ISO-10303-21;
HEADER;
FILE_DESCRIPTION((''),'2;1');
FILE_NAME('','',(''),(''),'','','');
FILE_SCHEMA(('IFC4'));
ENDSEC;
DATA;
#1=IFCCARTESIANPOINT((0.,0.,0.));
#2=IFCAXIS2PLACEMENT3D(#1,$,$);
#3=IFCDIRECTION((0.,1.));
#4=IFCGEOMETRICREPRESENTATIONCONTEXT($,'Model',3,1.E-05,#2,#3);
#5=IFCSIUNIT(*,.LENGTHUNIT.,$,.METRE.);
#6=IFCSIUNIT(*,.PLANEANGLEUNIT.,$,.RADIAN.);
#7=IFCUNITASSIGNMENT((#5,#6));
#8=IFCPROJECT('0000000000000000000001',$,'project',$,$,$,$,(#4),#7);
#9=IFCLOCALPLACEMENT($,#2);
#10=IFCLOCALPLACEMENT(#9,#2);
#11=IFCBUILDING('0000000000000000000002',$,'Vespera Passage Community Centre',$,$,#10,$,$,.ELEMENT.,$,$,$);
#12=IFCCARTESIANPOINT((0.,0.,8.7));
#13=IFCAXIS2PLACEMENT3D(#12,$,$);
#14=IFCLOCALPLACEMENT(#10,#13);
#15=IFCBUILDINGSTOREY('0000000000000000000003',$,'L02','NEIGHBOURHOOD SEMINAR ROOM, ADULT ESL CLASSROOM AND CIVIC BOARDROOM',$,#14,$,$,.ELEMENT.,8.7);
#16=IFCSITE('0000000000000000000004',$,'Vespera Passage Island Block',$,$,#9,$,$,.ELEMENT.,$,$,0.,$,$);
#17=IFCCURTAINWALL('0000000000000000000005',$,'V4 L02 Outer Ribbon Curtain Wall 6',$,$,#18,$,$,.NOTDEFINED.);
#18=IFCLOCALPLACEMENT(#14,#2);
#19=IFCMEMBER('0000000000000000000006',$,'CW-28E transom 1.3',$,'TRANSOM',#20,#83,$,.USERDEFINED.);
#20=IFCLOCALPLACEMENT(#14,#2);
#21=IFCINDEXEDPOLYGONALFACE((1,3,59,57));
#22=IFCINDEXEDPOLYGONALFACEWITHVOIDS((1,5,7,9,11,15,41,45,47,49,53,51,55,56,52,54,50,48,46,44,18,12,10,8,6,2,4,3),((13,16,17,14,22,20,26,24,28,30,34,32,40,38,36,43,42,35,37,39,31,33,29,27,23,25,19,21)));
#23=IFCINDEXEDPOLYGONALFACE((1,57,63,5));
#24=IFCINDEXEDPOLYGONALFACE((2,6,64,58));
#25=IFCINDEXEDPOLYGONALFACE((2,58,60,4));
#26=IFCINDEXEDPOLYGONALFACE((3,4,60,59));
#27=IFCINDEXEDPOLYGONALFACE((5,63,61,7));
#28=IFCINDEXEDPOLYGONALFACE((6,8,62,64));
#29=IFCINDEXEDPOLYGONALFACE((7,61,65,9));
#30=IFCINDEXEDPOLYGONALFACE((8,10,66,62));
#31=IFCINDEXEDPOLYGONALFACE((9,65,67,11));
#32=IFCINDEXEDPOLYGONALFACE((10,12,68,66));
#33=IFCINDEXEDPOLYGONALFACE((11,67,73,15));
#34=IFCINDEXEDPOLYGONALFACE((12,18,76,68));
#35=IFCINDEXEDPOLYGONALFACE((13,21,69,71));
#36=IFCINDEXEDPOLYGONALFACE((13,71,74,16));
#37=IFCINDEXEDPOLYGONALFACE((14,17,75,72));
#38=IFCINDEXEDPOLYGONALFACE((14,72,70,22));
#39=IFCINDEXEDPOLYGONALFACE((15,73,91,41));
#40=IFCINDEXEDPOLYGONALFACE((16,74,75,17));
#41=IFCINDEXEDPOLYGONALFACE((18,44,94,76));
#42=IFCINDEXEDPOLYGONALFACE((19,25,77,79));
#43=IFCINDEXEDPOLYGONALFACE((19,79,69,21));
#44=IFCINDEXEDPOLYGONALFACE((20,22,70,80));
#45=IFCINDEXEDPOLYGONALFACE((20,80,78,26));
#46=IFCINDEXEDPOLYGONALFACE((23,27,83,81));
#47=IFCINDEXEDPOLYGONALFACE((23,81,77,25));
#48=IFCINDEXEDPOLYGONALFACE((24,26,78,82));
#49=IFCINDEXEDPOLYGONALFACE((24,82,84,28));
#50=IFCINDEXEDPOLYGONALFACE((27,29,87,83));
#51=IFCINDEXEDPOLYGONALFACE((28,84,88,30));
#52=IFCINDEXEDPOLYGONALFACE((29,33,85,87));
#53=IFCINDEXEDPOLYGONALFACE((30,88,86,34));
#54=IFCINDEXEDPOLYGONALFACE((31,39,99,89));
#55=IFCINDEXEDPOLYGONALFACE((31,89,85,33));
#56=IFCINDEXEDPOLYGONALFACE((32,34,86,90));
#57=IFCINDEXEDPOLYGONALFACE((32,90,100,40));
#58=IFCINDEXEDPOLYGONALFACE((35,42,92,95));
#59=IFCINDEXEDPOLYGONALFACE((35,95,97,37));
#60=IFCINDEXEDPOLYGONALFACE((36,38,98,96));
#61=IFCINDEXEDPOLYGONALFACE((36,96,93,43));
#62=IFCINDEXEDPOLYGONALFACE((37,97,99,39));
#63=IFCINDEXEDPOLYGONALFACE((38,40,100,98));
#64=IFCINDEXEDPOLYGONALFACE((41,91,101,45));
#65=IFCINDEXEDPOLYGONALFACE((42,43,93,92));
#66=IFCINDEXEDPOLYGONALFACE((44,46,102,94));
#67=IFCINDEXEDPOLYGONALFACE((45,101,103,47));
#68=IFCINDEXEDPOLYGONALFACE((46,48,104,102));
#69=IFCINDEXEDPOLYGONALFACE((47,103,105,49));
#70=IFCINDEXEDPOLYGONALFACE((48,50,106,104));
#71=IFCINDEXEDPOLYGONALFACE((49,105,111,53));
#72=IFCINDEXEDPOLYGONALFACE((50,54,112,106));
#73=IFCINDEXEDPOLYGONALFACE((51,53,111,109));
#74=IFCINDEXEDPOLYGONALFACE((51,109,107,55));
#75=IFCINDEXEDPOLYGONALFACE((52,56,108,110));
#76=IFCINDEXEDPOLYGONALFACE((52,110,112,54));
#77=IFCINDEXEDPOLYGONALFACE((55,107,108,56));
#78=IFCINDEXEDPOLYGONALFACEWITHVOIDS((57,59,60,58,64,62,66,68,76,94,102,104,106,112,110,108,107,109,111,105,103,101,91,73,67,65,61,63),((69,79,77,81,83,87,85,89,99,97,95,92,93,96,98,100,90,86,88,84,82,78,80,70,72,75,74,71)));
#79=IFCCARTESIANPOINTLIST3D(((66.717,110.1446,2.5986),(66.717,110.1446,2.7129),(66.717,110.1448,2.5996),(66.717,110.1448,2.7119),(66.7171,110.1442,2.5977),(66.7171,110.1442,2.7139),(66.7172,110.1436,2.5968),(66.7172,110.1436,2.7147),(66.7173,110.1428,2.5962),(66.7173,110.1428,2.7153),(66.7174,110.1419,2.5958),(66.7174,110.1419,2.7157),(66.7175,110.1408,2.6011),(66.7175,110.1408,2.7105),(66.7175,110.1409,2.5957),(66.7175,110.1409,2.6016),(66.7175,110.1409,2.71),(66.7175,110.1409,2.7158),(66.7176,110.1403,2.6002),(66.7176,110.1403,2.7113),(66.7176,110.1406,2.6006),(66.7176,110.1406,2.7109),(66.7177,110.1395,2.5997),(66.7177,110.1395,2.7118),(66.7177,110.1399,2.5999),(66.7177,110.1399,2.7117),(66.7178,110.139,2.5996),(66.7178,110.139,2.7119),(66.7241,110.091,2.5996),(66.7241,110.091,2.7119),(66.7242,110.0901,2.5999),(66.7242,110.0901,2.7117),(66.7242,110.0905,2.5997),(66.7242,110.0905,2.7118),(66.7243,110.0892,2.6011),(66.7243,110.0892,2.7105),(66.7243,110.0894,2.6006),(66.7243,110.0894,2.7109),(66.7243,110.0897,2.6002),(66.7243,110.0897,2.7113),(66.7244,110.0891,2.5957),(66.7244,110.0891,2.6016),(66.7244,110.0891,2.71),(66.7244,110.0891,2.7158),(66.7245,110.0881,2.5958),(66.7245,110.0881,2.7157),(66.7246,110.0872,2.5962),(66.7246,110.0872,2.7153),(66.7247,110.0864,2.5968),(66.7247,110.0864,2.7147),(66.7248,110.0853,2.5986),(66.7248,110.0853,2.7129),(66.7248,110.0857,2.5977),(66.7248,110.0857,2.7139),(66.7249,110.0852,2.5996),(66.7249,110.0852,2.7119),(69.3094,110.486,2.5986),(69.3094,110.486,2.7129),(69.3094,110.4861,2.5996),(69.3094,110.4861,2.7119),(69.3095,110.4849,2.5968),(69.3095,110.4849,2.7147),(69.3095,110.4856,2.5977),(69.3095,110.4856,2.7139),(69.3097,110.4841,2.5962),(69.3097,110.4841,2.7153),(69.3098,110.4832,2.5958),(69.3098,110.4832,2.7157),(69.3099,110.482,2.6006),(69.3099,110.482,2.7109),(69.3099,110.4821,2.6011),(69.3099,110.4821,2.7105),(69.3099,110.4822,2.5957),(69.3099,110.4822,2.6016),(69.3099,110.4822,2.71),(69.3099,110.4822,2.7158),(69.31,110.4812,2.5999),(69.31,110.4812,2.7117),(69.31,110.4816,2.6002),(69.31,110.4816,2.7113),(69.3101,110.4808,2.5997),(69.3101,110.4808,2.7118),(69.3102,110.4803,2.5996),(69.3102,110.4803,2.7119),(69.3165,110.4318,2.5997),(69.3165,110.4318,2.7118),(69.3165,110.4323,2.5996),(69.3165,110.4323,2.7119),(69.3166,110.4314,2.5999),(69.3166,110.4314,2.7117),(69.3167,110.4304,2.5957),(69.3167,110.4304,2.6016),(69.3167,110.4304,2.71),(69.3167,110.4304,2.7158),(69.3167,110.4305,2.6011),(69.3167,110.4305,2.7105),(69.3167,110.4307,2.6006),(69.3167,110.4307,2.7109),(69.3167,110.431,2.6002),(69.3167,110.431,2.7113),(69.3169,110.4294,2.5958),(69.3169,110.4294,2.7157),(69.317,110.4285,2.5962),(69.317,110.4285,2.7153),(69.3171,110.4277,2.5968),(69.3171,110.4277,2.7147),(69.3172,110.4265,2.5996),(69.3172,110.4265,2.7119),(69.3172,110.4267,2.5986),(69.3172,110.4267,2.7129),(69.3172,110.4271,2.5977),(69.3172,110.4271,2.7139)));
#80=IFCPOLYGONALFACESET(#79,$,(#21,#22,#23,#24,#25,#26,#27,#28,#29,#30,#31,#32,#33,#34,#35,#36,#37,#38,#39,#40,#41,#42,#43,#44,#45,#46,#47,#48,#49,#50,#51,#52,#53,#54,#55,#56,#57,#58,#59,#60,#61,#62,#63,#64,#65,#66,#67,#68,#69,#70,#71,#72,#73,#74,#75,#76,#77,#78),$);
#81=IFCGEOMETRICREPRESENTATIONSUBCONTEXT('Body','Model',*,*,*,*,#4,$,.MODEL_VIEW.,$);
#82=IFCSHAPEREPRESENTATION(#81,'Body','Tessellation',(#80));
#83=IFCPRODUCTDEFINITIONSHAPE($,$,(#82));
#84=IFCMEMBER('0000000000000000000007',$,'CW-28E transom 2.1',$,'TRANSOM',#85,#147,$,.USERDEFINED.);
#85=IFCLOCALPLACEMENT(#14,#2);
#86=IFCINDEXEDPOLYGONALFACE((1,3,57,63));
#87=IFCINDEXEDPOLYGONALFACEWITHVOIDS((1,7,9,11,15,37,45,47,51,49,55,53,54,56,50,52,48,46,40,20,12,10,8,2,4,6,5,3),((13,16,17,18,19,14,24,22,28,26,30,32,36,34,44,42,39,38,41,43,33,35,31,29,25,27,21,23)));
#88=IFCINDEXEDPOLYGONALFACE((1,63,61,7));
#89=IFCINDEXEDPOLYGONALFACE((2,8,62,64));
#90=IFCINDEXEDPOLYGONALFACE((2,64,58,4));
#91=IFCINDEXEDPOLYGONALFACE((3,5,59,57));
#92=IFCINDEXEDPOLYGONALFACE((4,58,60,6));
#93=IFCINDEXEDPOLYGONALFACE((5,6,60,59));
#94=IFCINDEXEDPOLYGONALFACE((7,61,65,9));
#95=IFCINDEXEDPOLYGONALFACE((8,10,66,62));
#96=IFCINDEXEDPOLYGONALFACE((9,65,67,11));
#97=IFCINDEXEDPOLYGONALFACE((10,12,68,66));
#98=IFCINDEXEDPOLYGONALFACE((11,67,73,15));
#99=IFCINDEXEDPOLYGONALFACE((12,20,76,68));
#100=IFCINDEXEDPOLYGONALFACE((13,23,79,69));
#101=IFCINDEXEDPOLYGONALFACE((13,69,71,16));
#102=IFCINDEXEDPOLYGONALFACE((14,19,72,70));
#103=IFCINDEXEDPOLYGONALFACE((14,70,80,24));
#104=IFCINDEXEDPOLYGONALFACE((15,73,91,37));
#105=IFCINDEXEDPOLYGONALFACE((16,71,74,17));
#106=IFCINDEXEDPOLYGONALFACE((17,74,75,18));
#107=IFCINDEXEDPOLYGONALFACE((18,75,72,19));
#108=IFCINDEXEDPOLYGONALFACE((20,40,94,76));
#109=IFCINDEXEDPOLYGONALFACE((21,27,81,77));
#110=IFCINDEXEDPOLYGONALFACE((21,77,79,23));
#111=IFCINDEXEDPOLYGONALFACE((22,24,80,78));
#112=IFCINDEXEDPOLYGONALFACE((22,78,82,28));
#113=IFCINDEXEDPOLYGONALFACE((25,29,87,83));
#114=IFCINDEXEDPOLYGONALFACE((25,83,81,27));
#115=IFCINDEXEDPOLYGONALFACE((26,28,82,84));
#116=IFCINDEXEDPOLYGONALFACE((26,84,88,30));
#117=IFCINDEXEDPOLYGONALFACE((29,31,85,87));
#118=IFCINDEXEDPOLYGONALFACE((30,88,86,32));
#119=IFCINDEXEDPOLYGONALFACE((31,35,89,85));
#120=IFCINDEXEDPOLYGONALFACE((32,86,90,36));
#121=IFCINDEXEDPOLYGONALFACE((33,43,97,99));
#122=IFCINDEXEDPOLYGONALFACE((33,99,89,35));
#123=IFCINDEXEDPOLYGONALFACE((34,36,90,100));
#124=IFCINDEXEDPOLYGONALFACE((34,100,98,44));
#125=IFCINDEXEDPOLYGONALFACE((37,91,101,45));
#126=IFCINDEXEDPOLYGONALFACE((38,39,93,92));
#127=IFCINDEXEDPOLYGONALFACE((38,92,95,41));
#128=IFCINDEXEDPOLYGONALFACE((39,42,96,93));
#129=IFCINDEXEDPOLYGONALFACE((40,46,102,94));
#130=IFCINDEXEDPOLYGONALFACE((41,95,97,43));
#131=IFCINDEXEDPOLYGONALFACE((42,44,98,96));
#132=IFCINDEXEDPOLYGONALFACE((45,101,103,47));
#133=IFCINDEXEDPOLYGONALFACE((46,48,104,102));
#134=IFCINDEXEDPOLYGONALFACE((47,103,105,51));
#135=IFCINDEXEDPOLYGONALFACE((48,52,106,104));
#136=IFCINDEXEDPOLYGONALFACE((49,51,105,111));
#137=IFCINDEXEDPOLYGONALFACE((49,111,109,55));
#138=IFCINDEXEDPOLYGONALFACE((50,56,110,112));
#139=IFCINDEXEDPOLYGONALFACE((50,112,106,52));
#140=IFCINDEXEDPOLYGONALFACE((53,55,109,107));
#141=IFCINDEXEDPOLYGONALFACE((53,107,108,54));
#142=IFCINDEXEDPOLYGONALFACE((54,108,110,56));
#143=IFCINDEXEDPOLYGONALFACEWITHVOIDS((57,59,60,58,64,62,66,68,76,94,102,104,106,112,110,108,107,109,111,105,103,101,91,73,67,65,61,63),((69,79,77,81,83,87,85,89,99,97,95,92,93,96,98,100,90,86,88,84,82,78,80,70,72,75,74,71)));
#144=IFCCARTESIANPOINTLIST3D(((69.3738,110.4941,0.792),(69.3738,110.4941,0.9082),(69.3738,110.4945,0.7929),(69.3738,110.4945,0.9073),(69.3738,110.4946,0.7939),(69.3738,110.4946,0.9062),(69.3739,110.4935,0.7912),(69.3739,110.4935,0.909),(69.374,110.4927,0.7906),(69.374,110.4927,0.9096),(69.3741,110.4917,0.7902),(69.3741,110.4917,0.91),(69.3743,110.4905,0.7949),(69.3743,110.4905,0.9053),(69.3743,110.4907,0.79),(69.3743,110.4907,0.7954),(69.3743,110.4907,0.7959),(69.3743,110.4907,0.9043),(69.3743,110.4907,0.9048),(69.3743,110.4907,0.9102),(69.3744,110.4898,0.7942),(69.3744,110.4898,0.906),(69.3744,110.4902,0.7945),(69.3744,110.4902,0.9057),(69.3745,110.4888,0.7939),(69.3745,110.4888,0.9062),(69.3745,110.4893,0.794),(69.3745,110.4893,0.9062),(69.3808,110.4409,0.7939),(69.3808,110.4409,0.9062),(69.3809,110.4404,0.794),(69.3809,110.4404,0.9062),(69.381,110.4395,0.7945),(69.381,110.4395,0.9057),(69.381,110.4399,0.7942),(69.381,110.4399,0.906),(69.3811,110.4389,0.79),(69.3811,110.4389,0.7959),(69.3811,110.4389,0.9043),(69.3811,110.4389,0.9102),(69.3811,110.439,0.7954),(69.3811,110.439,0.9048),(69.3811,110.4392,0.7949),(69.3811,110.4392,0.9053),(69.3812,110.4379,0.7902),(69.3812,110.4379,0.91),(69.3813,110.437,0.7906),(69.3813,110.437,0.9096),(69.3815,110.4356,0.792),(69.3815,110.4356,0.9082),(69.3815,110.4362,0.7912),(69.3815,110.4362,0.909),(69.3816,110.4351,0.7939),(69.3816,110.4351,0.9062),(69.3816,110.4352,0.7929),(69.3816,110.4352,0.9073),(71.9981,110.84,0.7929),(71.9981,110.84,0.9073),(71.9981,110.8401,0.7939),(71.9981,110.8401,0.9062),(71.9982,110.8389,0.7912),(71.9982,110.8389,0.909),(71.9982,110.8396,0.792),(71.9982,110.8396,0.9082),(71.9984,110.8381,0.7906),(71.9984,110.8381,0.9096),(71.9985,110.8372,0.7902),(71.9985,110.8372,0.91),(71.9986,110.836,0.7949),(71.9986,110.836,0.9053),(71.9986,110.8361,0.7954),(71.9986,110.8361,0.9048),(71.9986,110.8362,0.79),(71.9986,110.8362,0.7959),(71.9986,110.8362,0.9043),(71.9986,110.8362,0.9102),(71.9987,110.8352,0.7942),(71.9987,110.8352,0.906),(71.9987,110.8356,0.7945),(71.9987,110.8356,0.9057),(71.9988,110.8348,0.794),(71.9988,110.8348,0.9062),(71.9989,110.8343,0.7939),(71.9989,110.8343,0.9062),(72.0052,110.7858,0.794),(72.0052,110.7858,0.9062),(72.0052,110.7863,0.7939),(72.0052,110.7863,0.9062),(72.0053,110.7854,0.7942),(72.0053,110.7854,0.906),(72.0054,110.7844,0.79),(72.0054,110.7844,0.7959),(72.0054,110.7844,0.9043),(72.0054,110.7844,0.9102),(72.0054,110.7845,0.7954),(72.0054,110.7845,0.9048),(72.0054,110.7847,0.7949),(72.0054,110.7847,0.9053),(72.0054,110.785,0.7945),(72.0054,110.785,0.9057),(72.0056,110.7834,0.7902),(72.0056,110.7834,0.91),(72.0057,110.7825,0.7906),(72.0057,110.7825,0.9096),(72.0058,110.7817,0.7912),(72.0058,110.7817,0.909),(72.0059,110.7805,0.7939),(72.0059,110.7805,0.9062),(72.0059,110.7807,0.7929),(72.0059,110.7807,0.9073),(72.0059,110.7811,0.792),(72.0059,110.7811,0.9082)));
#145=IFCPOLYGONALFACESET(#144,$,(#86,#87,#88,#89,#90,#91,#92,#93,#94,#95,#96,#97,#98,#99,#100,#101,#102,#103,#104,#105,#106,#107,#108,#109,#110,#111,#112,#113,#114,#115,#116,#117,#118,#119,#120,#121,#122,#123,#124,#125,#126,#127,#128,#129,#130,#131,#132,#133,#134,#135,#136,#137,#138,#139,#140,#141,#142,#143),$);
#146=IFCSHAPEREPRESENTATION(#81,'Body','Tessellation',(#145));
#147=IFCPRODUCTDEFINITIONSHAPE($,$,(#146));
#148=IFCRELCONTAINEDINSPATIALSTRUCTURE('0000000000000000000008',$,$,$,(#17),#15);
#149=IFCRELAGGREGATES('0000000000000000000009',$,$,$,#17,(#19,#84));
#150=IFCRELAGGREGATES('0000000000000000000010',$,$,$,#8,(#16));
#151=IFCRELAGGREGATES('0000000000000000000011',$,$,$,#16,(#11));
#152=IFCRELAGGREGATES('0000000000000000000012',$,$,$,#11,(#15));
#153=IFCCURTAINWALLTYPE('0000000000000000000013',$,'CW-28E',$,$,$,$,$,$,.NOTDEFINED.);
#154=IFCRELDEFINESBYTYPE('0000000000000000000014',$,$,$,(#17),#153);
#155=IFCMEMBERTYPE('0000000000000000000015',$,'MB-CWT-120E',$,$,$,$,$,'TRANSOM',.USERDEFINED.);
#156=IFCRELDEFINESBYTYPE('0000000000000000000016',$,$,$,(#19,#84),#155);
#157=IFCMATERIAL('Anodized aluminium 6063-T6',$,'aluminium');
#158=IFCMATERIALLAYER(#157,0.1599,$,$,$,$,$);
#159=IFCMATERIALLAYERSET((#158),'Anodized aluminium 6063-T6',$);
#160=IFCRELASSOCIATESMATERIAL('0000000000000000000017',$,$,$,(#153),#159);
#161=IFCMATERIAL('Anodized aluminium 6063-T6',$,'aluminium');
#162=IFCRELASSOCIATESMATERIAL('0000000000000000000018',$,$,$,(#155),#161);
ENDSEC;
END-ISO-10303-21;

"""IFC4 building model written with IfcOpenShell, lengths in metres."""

from ifc_helpers import new_model, si_unit, direction, frame, origin, origin_2d, place, context, subcontext, project, spatial, hollow_rectangle, extrude, material, layer, layer_set, material_profile, profile_set, type_object, element, aggregate, save


model = new_model("IFC4")

# Units and contexts
model_context = context("Model", 3, precision=1e-05, world=origin(), true_north=direction((0.0, 1.0)))
body_context = subcontext(model_context, "Body", "Model", "MODEL_VIEW")
ifc_project = project(units=[si_unit("LENGTHUNIT", "METRE"), si_unit("PLANEANGLEUNIT", "RADIAN")], contexts=[model_context])

# Site, building, storey
site_placement = place(None, origin())
site = spatial("IfcSite", under=ifc_project, at=site_placement, Name="Vespera Passage Island Block", CompositionType="ELEMENT", RefElevation=0.0)
building_placement = place(site_placement, origin())
building = spatial("IfcBuilding", under=site, at=building_placement, Name="Vespera Passage Community Centre", CompositionType="ELEMENT")
storey_placement = place(building_placement, frame((0.0, 0.0, 8.7)))
storey = spatial("IfcBuildingStorey", under=building, at=storey_placement, Name="L02", Description="NEIGHBOURHOOD SEMINAR ROOM, ADULT ESL CLASSROOM AND CIVIC BOARDROOM", CompositionType="ELEMENT", Elevation=8.7)

# Curtain wall, members
ifc_material_1 = material(Name="Anodized aluminium 6063-T6", Category="aluminium")
ifc_layer_1 = layer(ifc_material_1, 0.1599)
ifc_layer_set_1 = layer_set([ifc_layer_1], Name="Anodized aluminium 6063-T6")
curtain_wall_type = type_object("IfcCurtainWallType", Name="CW-28E", PredefinedType="NOTDEFINED", material=ifc_layer_set_1)
curtain_wall_placement = place(storey_placement, origin())
curtain_wall = element("IfcCurtainWall", 1, at=curtain_wall_placement, inside=storey, type_object=curtain_wall_type, Name="V4 L02 Outer Ribbon Curtain Wall 6", PredefinedType="NOTDEFINED")
ifc_material_2 = material(Name="Anodized aluminium 6063-T6", Category="aluminium")
ifc_material_profile_1 = material_profile(ifc_material_2, hollow_rectangle(XDim=0.0601, YDim=0.1201, WallThickness=0.0039, InnerFilletRadius=0.002, OuterFilletRadius=0.0039, at=origin_2d()), Name="ALU120X60X4")
ifc_profile_set_1 = profile_set([ifc_material_profile_1], Name="Anodized aluminium 6063-T6")
member_type_1 = type_object("IfcMemberType", Name="MB-CWT-120E", ElementType="TRANSOM", PredefinedType="USERDEFINED", material=ifc_profile_set_1)
member_1_placement = place(storey_placement, frame((66.7209, 110.115, 2.6558), z_axis=(0.991443, 0.130537, 0.0), x_axis=(-0.130537, 0.991443, 0.0)))
member_1 = element("IfcMember", 2, at=member_1_placement, type_object=member_type_1, Name="CW-28E transom 1.3", ObjectType="TRANSOM", PredefinedType="USERDEFINED", context=body_context, shape_type="SweptSolid", body=[
    extrude(hollow_rectangle(XDim=0.0601, YDim=0.1201, WallThickness=0.0039, InnerFilletRadius=0.002, OuterFilletRadius=0.0039, at=origin_2d()), origin(), (0.0, 0.0, 1.0), 2.6147),
])
member_2_placement = place(storey_placement, frame((69.3777, 110.4648, 0.8501), z_axis=(0.991446, 0.130514, 0.0), x_axis=(-0.130514, 0.991446, 0.0)))
member_2 = element("IfcMember", 3, at=member_2_placement, type_object=member_type_1, Name="CW-28E transom 2.1", ObjectType="TRANSOM", PredefinedType="USERDEFINED", context=body_context, shape_type="SweptSolid", body=[
    extrude(hollow_rectangle(XDim=0.0601, YDim=0.1201, WallThickness=0.0039, InnerFilletRadius=0.002, OuterFilletRadius=0.0039, at=origin_2d()), origin(), (0.0, 0.0, 1.0), 2.647),
])
aggregate(curtain_wall, [member_1, member_2])

save(model, "model.ifc")
